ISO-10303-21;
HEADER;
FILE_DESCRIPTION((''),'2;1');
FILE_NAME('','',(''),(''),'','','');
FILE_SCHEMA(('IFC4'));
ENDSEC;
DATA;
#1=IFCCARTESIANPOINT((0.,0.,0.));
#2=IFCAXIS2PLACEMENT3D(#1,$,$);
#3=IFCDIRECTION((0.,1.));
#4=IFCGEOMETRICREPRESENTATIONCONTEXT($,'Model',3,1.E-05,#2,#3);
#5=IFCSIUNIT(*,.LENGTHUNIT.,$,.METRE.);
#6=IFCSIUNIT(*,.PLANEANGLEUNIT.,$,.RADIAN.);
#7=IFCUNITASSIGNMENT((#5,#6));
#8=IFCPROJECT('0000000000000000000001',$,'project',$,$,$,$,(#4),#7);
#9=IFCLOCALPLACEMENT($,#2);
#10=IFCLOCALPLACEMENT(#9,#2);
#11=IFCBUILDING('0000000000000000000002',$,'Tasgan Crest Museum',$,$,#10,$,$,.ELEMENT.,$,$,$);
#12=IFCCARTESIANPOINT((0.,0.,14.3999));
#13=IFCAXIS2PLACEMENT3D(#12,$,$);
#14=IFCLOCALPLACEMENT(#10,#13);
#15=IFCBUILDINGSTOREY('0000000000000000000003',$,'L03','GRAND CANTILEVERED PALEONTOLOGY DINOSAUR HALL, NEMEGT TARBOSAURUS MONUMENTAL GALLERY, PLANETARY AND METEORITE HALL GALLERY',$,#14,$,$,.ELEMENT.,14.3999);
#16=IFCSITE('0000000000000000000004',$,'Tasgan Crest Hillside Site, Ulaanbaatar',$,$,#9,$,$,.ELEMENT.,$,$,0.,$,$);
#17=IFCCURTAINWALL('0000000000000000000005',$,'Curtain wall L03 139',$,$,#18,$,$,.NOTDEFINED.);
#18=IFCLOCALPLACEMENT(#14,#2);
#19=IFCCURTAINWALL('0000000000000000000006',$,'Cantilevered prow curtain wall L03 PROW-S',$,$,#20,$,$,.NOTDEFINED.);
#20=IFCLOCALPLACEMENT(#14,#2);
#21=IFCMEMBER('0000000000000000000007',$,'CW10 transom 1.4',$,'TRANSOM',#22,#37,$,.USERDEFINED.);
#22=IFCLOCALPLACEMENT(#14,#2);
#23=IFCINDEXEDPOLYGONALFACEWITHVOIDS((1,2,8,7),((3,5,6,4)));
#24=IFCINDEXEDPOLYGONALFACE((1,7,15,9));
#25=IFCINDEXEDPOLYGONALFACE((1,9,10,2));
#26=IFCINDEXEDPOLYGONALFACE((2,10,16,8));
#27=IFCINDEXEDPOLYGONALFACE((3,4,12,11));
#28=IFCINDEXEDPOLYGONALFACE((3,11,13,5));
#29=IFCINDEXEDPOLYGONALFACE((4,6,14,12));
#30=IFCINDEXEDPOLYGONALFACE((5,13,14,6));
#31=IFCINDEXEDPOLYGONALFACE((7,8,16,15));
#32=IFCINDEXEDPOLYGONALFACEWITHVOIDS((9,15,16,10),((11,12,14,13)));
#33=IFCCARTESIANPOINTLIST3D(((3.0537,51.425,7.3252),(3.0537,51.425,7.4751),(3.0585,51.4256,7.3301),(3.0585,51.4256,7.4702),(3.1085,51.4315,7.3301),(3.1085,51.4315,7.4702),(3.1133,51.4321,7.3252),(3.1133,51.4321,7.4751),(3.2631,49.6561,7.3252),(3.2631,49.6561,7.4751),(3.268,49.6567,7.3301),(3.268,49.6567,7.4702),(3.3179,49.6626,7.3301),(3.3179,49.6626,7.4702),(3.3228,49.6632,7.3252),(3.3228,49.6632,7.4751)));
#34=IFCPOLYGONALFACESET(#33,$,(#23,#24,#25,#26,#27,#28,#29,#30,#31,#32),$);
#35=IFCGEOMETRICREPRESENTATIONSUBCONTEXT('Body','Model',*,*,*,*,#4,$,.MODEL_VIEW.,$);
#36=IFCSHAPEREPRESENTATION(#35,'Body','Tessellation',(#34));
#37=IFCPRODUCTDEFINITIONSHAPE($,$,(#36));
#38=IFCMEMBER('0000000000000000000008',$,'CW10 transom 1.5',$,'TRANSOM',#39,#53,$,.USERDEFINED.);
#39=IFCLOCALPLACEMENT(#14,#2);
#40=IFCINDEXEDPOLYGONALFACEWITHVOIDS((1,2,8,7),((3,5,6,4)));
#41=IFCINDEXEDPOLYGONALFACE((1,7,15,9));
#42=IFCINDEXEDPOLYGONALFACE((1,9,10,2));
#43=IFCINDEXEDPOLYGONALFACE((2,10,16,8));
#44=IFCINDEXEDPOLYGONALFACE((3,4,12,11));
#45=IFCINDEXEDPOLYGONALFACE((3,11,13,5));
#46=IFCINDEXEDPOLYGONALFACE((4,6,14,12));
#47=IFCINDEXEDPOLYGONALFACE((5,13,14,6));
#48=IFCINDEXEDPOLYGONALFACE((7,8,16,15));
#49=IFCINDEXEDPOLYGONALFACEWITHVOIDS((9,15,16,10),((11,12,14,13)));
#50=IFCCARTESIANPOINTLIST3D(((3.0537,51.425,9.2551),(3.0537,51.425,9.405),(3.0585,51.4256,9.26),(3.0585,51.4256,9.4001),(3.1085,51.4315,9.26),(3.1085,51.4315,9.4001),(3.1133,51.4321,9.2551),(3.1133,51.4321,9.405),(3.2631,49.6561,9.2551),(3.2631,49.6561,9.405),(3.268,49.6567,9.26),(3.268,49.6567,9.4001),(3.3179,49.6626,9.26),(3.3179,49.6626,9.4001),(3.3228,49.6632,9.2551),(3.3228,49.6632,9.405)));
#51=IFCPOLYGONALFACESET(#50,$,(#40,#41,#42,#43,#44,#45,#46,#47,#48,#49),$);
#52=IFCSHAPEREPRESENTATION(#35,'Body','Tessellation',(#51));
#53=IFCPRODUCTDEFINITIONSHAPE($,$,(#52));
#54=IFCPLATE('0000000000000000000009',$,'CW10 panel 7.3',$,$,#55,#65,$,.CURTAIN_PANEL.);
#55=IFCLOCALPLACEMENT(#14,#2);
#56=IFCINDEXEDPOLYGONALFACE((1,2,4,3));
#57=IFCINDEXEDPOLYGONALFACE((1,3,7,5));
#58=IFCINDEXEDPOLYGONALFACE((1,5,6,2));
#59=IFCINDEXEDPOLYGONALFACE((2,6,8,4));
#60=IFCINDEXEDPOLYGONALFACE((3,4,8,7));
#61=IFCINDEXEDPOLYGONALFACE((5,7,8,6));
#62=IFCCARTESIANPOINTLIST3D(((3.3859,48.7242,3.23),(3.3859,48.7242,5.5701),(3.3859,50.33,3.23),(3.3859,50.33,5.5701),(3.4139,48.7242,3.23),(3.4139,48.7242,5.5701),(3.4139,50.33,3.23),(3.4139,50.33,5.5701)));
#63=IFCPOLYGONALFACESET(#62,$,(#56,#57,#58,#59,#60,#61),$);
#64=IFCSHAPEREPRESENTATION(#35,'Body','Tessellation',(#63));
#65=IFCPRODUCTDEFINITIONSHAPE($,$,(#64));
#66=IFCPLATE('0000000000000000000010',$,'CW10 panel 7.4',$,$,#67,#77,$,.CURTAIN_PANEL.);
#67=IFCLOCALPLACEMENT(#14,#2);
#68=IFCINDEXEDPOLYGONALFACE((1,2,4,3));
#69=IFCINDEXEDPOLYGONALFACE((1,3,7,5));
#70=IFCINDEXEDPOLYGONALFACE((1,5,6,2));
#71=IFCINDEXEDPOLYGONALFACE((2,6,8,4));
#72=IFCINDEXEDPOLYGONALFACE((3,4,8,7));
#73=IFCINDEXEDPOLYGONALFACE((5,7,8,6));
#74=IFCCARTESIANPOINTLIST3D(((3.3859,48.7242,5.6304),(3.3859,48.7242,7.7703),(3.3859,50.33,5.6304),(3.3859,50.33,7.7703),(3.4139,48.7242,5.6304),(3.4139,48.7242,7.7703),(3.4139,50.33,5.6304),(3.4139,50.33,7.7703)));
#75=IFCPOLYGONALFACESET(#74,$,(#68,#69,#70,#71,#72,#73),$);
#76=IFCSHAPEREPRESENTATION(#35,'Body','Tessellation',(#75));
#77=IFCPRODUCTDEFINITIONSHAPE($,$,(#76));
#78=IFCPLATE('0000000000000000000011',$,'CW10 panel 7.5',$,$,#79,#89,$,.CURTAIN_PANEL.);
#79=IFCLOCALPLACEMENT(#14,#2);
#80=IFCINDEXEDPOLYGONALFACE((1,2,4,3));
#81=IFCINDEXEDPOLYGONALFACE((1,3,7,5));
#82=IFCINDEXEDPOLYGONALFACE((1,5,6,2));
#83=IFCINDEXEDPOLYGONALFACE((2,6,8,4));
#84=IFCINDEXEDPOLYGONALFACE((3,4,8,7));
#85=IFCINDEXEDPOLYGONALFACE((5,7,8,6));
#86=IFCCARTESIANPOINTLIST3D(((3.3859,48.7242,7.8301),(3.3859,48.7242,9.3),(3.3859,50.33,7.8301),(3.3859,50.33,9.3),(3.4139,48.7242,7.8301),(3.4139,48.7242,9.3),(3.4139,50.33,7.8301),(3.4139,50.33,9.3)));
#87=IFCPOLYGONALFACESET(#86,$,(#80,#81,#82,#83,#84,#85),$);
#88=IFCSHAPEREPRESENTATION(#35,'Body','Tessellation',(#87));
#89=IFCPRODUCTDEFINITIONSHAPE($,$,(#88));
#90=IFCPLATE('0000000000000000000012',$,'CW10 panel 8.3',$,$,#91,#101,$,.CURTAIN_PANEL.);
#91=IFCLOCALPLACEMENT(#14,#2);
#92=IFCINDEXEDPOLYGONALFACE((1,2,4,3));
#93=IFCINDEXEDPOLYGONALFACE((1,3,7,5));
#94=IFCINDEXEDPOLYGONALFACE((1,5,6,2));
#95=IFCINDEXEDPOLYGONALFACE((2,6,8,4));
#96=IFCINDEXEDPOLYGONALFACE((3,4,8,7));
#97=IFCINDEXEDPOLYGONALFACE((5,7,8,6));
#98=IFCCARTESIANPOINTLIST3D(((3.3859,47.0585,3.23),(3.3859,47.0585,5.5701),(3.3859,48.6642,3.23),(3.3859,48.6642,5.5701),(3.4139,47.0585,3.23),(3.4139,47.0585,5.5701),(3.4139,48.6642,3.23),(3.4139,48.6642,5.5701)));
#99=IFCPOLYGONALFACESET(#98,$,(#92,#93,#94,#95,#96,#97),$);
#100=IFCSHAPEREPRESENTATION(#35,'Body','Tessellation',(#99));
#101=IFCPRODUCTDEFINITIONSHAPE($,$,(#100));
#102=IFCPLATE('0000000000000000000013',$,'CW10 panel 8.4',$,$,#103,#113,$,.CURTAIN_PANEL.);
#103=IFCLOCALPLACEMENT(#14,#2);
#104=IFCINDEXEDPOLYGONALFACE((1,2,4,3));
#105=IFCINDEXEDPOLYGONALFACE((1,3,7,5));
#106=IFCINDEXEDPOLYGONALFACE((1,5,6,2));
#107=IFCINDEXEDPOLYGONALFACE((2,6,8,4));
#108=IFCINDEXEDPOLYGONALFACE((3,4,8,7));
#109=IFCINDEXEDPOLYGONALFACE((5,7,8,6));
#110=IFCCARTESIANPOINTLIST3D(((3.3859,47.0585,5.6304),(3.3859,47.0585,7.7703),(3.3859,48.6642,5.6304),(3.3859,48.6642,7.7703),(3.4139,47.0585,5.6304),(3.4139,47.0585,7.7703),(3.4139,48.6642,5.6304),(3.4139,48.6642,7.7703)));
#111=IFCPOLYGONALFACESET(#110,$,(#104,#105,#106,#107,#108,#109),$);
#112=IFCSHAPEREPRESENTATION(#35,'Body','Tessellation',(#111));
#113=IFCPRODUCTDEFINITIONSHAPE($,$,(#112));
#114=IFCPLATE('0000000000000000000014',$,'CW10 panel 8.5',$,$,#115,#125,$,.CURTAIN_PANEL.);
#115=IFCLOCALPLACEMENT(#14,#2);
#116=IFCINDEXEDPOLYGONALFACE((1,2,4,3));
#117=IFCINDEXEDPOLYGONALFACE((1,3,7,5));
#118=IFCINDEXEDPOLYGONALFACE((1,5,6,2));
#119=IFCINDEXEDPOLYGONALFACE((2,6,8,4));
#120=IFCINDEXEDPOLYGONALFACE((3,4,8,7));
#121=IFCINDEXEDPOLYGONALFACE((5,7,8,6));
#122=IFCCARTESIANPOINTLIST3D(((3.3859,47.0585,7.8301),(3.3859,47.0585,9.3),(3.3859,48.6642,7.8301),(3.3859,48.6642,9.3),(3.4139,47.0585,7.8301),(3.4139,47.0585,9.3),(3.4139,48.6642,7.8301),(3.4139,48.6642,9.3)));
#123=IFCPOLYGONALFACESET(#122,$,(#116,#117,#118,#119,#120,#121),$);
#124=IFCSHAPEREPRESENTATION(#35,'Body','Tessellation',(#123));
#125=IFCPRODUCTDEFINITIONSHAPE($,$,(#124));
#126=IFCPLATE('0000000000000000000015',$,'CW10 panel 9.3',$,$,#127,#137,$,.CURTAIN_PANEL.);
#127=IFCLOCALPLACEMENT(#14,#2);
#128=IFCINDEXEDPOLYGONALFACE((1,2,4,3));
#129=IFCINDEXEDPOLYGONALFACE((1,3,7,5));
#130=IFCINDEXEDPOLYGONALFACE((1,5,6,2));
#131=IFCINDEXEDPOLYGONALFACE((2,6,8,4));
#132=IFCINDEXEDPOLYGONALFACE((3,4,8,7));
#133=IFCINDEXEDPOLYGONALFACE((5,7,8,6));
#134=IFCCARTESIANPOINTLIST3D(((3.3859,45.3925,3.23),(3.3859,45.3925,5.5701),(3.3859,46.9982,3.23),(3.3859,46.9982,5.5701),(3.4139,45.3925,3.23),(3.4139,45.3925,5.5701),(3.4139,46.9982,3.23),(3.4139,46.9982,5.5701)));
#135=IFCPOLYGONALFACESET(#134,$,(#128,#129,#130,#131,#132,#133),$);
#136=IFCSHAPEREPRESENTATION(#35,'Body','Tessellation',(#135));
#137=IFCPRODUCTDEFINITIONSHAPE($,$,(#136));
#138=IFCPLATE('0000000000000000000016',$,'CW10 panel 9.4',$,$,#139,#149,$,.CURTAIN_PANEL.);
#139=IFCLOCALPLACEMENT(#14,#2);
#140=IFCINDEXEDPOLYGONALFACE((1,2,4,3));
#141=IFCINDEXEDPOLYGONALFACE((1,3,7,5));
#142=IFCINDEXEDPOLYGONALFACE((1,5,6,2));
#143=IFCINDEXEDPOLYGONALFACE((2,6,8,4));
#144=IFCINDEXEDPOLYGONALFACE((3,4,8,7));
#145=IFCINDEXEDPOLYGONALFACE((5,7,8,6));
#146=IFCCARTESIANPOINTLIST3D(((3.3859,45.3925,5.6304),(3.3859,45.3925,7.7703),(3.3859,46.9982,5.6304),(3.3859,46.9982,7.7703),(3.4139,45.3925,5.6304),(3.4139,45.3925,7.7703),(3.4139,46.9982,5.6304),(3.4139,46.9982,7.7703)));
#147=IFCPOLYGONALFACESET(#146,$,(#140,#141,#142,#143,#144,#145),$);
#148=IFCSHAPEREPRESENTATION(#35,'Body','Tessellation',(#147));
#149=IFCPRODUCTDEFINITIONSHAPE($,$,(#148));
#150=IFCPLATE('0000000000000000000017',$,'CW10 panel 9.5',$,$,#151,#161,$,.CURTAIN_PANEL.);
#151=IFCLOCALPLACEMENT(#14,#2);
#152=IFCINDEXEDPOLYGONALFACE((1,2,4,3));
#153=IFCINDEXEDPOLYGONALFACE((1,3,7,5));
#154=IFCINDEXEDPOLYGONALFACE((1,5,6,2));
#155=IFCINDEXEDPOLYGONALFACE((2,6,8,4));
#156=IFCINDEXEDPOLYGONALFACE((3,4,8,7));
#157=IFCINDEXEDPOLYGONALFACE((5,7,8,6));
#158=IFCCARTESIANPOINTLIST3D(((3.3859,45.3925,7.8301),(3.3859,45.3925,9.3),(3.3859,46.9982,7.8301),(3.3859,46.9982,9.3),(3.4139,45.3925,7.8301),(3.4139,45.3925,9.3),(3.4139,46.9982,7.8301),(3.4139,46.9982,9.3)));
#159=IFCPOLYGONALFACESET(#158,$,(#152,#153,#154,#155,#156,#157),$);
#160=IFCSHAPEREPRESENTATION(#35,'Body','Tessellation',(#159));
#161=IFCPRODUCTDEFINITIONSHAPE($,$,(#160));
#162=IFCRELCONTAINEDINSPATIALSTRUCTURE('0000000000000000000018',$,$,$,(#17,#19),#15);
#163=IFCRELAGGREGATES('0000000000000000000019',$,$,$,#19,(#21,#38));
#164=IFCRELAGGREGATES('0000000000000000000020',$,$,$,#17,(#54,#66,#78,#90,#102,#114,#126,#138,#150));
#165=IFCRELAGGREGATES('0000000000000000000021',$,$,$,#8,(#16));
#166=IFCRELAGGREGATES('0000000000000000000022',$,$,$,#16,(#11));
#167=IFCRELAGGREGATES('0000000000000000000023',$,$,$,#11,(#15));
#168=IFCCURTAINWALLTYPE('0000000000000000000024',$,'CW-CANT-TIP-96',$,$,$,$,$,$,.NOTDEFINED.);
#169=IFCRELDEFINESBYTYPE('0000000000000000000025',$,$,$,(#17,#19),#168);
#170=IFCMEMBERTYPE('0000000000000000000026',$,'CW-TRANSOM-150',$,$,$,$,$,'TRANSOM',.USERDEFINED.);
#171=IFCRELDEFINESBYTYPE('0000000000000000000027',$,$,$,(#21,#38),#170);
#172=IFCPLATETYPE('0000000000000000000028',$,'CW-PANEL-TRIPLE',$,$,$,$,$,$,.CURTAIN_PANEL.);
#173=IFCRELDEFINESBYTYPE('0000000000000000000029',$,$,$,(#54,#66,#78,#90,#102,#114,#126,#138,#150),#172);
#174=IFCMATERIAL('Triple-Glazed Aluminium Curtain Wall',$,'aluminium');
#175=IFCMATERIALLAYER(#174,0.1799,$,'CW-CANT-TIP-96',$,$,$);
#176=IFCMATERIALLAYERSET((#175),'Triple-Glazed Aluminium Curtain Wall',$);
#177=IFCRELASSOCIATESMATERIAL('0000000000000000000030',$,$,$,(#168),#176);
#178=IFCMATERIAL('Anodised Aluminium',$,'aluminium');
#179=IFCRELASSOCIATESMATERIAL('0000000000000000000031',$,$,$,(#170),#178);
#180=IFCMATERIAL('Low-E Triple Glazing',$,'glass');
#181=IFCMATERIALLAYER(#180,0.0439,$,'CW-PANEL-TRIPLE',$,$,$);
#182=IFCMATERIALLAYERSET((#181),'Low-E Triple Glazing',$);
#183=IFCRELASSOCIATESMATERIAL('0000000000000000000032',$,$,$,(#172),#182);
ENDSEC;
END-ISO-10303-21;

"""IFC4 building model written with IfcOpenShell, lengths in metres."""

from ifc_helpers import new_model, si_unit, direction, frame, origin, origin_2d, place, context, subcontext, project, spatial, rectangle, hollow_rectangle, extrude, material, layer, layer_set, material_profile, profile_set, type_object, element, aggregate, save


model = new_model("IFC4")

# Units and contexts
model_context = context("Model", 3, precision=1e-05, world=origin(), true_north=direction((0.0, 1.0)))
body_context = subcontext(model_context, "Body", "Model", "MODEL_VIEW")
ifc_project = project(units=[si_unit("LENGTHUNIT", "METRE"), si_unit("PLANEANGLEUNIT", "RADIAN")], contexts=[model_context])

# Site, building, storey
site_placement = place(None, origin())
site = spatial("IfcSite", under=ifc_project, at=site_placement, Name="Tasgan Crest Hillside Site, Ulaanbaatar", CompositionType="ELEMENT", RefElevation=0.0)
building_placement = place(site_placement, origin())
building = spatial("IfcBuilding", under=site, at=building_placement, Name="Tasgan Crest Museum", CompositionType="ELEMENT")
storey_placement = place(building_placement, frame((0.0, 0.0, 14.3999)))
storey = spatial("IfcBuildingStorey", under=building, at=storey_placement, Name="L03", Description="GRAND CANTILEVERED PALEONTOLOGY DINOSAUR HALL, NEMEGT TARBOSAURUS MONUMENTAL GALLERY, PLANETARY AND METEORITE HALL GALLERY", CompositionType="ELEMENT", Elevation=14.3999)

# Curtain walls, members
ifc_material_1 = material(Name="Triple-Glazed Aluminium Curtain Wall", Category="aluminium")
ifc_layer_1 = layer(ifc_material_1, 0.1799, Name="CW-CANT-TIP-96")
ifc_layer_set_1 = layer_set([ifc_layer_1], Name="Triple-Glazed Aluminium Curtain Wall")
curtain_wall_type = type_object("IfcCurtainWallType", Name="CW-CANT-TIP-96", PredefinedType="NOTDEFINED", material=ifc_layer_set_1)
curtain_wall_1_placement = place(storey_placement, origin())
curtain_wall_1 = element("IfcCurtainWall", 1, at=curtain_wall_1_placement, inside=storey, type_object=curtain_wall_type, Name="Curtain wall L03 139", PredefinedType="NOTDEFINED")
ifc_material_2 = material(Name="Anodised Aluminium", Category="aluminium")
ifc_material_profile = material_profile(ifc_material_2, hollow_rectangle(XDim=0.0601, YDim=0.1499, WallThickness=0.0049, at=origin_2d()), Name="ALU TRANSOM 150x60x5")
ifc_profile_set = profile_set([ifc_material_profile], Name="Anodised Aluminium")
member_type = type_object("IfcMemberType", Name="CW-TRANSOM-150", ElementType="TRANSOM", PredefinedType="USERDEFINED", material=ifc_profile_set)
curtain_wall_2_placement = place(storey_placement, origin())
curtain_wall_2 = element("IfcCurtainWall", 2, at=curtain_wall_2_placement, inside=storey, type_object=curtain_wall_type, Name="Cantilevered prow curtain wall L03 PROW-S", PredefinedType="NOTDEFINED")
member_1_placement = place(storey_placement, frame((3.293, 49.6597, 7.4001), z_axis=(-0.117605, 0.99306, 0.0), x_axis=(-0.99306, -0.117605, 0.0)))
member_1 = element("IfcMember", 3, at=member_1_placement, type_object=member_type, Name="CW10 transom 1.4", ObjectType="TRANSOM", PredefinedType="USERDEFINED", context=body_context, shape_type="SweptSolid", body=[
    extrude(hollow_rectangle(XDim=0.0601, YDim=0.1499, WallThickness=0.0049, at=origin_2d()), origin(), (0.0, 0.0, 1.0), 1.7812),
])
member_2_placement = place(storey_placement, frame((3.293, 49.6597, 9.3301), z_axis=(-0.117605, 0.99306, 0.0), x_axis=(-0.99306, -0.117605, 0.0)))
member_2 = element("IfcMember", 4, at=member_2_placement, type_object=member_type, Name="CW10 transom 1.5", ObjectType="TRANSOM", PredefinedType="USERDEFINED", context=body_context, shape_type="SweptSolid", body=[
    extrude(hollow_rectangle(XDim=0.0601, YDim=0.1499, WallThickness=0.0049, at=origin_2d()), origin(), (0.0, 0.0, 1.0), 1.7812),
])
aggregate(curtain_wall_2, [member_1, member_2])

# Plates
ifc_material_3 = material(Name="Low-E Triple Glazing", Category="glass")
ifc_layer_2 = layer(ifc_material_3, 0.0439, Name="CW-PANEL-TRIPLE")
ifc_layer_set_2 = layer_set([ifc_layer_2], Name="Low-E Triple Glazing")
plate_type = type_object("IfcPlateType", Name="CW-PANEL-TRIPLE", PredefinedType="CURTAIN_PANEL", material=ifc_layer_set_2)
plate_1_placement = place(storey_placement, frame((3.3999, 49.5271, 3.23), z_axis=(0.0, 0.0, 1.0), x_axis=(0.0, -1.0, 0.0)))
plate_1 = element("IfcPlate", 5, at=plate_1_placement, type_object=plate_type, Name="CW10 panel 7.3", PredefinedType="CURTAIN_PANEL", context=body_context, shape_type="SweptSolid", body=[
    extrude(rectangle(XDim=1.6057, YDim=0.0281, at=origin_2d()), origin(), (0.0, 0.0, 1.0), 2.3401),
])
plate_2_placement = place(storey_placement, frame((3.3999, 49.5271, 5.6304), z_axis=(0.0, 0.0, 1.0), x_axis=(0.0, -1.0, 0.0)))
plate_2 = element("IfcPlate", 6, at=plate_2_placement, type_object=plate_type, Name="CW10 panel 7.4", PredefinedType="CURTAIN_PANEL", context=body_context, shape_type="SweptSolid", body=[
    extrude(rectangle(XDim=1.6057, YDim=0.0281, at=origin_2d()), origin(), (0.0, 0.0, 1.0), 2.1399),
])
plate_3_placement = place(storey_placement, frame((3.3999, 49.5271, 7.8301), z_axis=(0.0, 0.0, 1.0), x_axis=(0.0, -1.0, 0.0)))
plate_3 = element("IfcPlate", 7, at=plate_3_placement, type_object=plate_type, Name="CW10 panel 7.5", PredefinedType="CURTAIN_PANEL", context=body_context, shape_type="SweptSolid", body=[
    extrude(rectangle(XDim=1.6057, YDim=0.0281, at=origin_2d()), origin(), (0.0, 0.0, 1.0), 1.47),
])
plate_4_placement = place(storey_placement, frame((3.3999, 47.8613, 3.23), z_axis=(0.0, 0.0, 1.0), x_axis=(0.0, -1.0, 0.0)))
plate_4 = element("IfcPlate", 8, at=plate_4_placement, type_object=plate_type, Name="CW10 panel 8.3", PredefinedType="CURTAIN_PANEL", context=body_context, shape_type="SweptSolid", body=[
    extrude(rectangle(XDim=1.6057, YDim=0.0281, at=origin_2d()), origin(), (0.0, 0.0, 1.0), 2.3401),
])
plate_5_placement = place(storey_placement, frame((3.3999, 47.8613, 5.6304), z_axis=(0.0, 0.0, 1.0), x_axis=(0.0, -1.0, 0.0)))
plate_5 = element("IfcPlate", 9, at=plate_5_placement, type_object=plate_type, Name="CW10 panel 8.4", PredefinedType="CURTAIN_PANEL", context=body_context, shape_type="SweptSolid", body=[
    extrude(rectangle(XDim=1.6057, YDim=0.0281, at=origin_2d()), origin(), (0.0, 0.0, 1.0), 2.1399),
])
plate_6_placement = place(storey_placement, frame((3.3999, 47.8613, 7.8301), z_axis=(0.0, 0.0, 1.0), x_axis=(0.0, -1.0, 0.0)))
plate_6 = element("IfcPlate", 10, at=plate_6_placement, type_object=plate_type, Name="CW10 panel 8.5", PredefinedType="CURTAIN_PANEL", context=body_context, shape_type="SweptSolid", body=[
    extrude(rectangle(XDim=1.6057, YDim=0.0281, at=origin_2d()), origin(), (0.0, 0.0, 1.0), 1.47),
])
plate_7_placement = place(storey_placement, frame((3.3999, 46.1953, 3.23), z_axis=(0.0, 0.0, 1.0), x_axis=(0.0, -1.0, 0.0)))
plate_7 = element("IfcPlate", 11, at=plate_7_placement, type_object=plate_type, Name="CW10 panel 9.3", PredefinedType="CURTAIN_PANEL", context=body_context, shape_type="SweptSolid", body=[
    extrude(rectangle(XDim=1.6057, YDim=0.0281, at=origin_2d()), origin(), (0.0, 0.0, 1.0), 2.3401),
])
plate_8_placement = place(storey_placement, frame((3.3999, 46.1953, 5.6304), z_axis=(0.0, 0.0, 1.0), x_axis=(0.0, -1.0, 0.0)))
plate_8 = element("IfcPlate", 12, at=plate_8_placement, type_object=plate_type, Name="CW10 panel 9.4", PredefinedType="CURTAIN_PANEL", context=body_context, shape_type="SweptSolid", body=[
    extrude(rectangle(XDim=1.6057, YDim=0.0281, at=origin_2d()), origin(), (0.0, 0.0, 1.0), 2.1399),
])
plate_9_placement = place(storey_placement, frame((3.3999, 46.1953, 7.8301), z_axis=(0.0, 0.0, 1.0), x_axis=(0.0, -1.0, 0.0)))
plate_9 = element("IfcPlate", 13, at=plate_9_placement, type_object=plate_type, Name="CW10 panel 9.5", PredefinedType="CURTAIN_PANEL", context=body_context, shape_type="SweptSolid", body=[
    extrude(rectangle(XDim=1.6057, YDim=0.0281, at=origin_2d()), origin(), (0.0, 0.0, 1.0), 1.47),
])
aggregate(curtain_wall_1, [plate_1, plate_2, plate_3, plate_4, plate_5, plate_6, plate_7, plate_8, plate_9])

save(model, "model.ifc")
